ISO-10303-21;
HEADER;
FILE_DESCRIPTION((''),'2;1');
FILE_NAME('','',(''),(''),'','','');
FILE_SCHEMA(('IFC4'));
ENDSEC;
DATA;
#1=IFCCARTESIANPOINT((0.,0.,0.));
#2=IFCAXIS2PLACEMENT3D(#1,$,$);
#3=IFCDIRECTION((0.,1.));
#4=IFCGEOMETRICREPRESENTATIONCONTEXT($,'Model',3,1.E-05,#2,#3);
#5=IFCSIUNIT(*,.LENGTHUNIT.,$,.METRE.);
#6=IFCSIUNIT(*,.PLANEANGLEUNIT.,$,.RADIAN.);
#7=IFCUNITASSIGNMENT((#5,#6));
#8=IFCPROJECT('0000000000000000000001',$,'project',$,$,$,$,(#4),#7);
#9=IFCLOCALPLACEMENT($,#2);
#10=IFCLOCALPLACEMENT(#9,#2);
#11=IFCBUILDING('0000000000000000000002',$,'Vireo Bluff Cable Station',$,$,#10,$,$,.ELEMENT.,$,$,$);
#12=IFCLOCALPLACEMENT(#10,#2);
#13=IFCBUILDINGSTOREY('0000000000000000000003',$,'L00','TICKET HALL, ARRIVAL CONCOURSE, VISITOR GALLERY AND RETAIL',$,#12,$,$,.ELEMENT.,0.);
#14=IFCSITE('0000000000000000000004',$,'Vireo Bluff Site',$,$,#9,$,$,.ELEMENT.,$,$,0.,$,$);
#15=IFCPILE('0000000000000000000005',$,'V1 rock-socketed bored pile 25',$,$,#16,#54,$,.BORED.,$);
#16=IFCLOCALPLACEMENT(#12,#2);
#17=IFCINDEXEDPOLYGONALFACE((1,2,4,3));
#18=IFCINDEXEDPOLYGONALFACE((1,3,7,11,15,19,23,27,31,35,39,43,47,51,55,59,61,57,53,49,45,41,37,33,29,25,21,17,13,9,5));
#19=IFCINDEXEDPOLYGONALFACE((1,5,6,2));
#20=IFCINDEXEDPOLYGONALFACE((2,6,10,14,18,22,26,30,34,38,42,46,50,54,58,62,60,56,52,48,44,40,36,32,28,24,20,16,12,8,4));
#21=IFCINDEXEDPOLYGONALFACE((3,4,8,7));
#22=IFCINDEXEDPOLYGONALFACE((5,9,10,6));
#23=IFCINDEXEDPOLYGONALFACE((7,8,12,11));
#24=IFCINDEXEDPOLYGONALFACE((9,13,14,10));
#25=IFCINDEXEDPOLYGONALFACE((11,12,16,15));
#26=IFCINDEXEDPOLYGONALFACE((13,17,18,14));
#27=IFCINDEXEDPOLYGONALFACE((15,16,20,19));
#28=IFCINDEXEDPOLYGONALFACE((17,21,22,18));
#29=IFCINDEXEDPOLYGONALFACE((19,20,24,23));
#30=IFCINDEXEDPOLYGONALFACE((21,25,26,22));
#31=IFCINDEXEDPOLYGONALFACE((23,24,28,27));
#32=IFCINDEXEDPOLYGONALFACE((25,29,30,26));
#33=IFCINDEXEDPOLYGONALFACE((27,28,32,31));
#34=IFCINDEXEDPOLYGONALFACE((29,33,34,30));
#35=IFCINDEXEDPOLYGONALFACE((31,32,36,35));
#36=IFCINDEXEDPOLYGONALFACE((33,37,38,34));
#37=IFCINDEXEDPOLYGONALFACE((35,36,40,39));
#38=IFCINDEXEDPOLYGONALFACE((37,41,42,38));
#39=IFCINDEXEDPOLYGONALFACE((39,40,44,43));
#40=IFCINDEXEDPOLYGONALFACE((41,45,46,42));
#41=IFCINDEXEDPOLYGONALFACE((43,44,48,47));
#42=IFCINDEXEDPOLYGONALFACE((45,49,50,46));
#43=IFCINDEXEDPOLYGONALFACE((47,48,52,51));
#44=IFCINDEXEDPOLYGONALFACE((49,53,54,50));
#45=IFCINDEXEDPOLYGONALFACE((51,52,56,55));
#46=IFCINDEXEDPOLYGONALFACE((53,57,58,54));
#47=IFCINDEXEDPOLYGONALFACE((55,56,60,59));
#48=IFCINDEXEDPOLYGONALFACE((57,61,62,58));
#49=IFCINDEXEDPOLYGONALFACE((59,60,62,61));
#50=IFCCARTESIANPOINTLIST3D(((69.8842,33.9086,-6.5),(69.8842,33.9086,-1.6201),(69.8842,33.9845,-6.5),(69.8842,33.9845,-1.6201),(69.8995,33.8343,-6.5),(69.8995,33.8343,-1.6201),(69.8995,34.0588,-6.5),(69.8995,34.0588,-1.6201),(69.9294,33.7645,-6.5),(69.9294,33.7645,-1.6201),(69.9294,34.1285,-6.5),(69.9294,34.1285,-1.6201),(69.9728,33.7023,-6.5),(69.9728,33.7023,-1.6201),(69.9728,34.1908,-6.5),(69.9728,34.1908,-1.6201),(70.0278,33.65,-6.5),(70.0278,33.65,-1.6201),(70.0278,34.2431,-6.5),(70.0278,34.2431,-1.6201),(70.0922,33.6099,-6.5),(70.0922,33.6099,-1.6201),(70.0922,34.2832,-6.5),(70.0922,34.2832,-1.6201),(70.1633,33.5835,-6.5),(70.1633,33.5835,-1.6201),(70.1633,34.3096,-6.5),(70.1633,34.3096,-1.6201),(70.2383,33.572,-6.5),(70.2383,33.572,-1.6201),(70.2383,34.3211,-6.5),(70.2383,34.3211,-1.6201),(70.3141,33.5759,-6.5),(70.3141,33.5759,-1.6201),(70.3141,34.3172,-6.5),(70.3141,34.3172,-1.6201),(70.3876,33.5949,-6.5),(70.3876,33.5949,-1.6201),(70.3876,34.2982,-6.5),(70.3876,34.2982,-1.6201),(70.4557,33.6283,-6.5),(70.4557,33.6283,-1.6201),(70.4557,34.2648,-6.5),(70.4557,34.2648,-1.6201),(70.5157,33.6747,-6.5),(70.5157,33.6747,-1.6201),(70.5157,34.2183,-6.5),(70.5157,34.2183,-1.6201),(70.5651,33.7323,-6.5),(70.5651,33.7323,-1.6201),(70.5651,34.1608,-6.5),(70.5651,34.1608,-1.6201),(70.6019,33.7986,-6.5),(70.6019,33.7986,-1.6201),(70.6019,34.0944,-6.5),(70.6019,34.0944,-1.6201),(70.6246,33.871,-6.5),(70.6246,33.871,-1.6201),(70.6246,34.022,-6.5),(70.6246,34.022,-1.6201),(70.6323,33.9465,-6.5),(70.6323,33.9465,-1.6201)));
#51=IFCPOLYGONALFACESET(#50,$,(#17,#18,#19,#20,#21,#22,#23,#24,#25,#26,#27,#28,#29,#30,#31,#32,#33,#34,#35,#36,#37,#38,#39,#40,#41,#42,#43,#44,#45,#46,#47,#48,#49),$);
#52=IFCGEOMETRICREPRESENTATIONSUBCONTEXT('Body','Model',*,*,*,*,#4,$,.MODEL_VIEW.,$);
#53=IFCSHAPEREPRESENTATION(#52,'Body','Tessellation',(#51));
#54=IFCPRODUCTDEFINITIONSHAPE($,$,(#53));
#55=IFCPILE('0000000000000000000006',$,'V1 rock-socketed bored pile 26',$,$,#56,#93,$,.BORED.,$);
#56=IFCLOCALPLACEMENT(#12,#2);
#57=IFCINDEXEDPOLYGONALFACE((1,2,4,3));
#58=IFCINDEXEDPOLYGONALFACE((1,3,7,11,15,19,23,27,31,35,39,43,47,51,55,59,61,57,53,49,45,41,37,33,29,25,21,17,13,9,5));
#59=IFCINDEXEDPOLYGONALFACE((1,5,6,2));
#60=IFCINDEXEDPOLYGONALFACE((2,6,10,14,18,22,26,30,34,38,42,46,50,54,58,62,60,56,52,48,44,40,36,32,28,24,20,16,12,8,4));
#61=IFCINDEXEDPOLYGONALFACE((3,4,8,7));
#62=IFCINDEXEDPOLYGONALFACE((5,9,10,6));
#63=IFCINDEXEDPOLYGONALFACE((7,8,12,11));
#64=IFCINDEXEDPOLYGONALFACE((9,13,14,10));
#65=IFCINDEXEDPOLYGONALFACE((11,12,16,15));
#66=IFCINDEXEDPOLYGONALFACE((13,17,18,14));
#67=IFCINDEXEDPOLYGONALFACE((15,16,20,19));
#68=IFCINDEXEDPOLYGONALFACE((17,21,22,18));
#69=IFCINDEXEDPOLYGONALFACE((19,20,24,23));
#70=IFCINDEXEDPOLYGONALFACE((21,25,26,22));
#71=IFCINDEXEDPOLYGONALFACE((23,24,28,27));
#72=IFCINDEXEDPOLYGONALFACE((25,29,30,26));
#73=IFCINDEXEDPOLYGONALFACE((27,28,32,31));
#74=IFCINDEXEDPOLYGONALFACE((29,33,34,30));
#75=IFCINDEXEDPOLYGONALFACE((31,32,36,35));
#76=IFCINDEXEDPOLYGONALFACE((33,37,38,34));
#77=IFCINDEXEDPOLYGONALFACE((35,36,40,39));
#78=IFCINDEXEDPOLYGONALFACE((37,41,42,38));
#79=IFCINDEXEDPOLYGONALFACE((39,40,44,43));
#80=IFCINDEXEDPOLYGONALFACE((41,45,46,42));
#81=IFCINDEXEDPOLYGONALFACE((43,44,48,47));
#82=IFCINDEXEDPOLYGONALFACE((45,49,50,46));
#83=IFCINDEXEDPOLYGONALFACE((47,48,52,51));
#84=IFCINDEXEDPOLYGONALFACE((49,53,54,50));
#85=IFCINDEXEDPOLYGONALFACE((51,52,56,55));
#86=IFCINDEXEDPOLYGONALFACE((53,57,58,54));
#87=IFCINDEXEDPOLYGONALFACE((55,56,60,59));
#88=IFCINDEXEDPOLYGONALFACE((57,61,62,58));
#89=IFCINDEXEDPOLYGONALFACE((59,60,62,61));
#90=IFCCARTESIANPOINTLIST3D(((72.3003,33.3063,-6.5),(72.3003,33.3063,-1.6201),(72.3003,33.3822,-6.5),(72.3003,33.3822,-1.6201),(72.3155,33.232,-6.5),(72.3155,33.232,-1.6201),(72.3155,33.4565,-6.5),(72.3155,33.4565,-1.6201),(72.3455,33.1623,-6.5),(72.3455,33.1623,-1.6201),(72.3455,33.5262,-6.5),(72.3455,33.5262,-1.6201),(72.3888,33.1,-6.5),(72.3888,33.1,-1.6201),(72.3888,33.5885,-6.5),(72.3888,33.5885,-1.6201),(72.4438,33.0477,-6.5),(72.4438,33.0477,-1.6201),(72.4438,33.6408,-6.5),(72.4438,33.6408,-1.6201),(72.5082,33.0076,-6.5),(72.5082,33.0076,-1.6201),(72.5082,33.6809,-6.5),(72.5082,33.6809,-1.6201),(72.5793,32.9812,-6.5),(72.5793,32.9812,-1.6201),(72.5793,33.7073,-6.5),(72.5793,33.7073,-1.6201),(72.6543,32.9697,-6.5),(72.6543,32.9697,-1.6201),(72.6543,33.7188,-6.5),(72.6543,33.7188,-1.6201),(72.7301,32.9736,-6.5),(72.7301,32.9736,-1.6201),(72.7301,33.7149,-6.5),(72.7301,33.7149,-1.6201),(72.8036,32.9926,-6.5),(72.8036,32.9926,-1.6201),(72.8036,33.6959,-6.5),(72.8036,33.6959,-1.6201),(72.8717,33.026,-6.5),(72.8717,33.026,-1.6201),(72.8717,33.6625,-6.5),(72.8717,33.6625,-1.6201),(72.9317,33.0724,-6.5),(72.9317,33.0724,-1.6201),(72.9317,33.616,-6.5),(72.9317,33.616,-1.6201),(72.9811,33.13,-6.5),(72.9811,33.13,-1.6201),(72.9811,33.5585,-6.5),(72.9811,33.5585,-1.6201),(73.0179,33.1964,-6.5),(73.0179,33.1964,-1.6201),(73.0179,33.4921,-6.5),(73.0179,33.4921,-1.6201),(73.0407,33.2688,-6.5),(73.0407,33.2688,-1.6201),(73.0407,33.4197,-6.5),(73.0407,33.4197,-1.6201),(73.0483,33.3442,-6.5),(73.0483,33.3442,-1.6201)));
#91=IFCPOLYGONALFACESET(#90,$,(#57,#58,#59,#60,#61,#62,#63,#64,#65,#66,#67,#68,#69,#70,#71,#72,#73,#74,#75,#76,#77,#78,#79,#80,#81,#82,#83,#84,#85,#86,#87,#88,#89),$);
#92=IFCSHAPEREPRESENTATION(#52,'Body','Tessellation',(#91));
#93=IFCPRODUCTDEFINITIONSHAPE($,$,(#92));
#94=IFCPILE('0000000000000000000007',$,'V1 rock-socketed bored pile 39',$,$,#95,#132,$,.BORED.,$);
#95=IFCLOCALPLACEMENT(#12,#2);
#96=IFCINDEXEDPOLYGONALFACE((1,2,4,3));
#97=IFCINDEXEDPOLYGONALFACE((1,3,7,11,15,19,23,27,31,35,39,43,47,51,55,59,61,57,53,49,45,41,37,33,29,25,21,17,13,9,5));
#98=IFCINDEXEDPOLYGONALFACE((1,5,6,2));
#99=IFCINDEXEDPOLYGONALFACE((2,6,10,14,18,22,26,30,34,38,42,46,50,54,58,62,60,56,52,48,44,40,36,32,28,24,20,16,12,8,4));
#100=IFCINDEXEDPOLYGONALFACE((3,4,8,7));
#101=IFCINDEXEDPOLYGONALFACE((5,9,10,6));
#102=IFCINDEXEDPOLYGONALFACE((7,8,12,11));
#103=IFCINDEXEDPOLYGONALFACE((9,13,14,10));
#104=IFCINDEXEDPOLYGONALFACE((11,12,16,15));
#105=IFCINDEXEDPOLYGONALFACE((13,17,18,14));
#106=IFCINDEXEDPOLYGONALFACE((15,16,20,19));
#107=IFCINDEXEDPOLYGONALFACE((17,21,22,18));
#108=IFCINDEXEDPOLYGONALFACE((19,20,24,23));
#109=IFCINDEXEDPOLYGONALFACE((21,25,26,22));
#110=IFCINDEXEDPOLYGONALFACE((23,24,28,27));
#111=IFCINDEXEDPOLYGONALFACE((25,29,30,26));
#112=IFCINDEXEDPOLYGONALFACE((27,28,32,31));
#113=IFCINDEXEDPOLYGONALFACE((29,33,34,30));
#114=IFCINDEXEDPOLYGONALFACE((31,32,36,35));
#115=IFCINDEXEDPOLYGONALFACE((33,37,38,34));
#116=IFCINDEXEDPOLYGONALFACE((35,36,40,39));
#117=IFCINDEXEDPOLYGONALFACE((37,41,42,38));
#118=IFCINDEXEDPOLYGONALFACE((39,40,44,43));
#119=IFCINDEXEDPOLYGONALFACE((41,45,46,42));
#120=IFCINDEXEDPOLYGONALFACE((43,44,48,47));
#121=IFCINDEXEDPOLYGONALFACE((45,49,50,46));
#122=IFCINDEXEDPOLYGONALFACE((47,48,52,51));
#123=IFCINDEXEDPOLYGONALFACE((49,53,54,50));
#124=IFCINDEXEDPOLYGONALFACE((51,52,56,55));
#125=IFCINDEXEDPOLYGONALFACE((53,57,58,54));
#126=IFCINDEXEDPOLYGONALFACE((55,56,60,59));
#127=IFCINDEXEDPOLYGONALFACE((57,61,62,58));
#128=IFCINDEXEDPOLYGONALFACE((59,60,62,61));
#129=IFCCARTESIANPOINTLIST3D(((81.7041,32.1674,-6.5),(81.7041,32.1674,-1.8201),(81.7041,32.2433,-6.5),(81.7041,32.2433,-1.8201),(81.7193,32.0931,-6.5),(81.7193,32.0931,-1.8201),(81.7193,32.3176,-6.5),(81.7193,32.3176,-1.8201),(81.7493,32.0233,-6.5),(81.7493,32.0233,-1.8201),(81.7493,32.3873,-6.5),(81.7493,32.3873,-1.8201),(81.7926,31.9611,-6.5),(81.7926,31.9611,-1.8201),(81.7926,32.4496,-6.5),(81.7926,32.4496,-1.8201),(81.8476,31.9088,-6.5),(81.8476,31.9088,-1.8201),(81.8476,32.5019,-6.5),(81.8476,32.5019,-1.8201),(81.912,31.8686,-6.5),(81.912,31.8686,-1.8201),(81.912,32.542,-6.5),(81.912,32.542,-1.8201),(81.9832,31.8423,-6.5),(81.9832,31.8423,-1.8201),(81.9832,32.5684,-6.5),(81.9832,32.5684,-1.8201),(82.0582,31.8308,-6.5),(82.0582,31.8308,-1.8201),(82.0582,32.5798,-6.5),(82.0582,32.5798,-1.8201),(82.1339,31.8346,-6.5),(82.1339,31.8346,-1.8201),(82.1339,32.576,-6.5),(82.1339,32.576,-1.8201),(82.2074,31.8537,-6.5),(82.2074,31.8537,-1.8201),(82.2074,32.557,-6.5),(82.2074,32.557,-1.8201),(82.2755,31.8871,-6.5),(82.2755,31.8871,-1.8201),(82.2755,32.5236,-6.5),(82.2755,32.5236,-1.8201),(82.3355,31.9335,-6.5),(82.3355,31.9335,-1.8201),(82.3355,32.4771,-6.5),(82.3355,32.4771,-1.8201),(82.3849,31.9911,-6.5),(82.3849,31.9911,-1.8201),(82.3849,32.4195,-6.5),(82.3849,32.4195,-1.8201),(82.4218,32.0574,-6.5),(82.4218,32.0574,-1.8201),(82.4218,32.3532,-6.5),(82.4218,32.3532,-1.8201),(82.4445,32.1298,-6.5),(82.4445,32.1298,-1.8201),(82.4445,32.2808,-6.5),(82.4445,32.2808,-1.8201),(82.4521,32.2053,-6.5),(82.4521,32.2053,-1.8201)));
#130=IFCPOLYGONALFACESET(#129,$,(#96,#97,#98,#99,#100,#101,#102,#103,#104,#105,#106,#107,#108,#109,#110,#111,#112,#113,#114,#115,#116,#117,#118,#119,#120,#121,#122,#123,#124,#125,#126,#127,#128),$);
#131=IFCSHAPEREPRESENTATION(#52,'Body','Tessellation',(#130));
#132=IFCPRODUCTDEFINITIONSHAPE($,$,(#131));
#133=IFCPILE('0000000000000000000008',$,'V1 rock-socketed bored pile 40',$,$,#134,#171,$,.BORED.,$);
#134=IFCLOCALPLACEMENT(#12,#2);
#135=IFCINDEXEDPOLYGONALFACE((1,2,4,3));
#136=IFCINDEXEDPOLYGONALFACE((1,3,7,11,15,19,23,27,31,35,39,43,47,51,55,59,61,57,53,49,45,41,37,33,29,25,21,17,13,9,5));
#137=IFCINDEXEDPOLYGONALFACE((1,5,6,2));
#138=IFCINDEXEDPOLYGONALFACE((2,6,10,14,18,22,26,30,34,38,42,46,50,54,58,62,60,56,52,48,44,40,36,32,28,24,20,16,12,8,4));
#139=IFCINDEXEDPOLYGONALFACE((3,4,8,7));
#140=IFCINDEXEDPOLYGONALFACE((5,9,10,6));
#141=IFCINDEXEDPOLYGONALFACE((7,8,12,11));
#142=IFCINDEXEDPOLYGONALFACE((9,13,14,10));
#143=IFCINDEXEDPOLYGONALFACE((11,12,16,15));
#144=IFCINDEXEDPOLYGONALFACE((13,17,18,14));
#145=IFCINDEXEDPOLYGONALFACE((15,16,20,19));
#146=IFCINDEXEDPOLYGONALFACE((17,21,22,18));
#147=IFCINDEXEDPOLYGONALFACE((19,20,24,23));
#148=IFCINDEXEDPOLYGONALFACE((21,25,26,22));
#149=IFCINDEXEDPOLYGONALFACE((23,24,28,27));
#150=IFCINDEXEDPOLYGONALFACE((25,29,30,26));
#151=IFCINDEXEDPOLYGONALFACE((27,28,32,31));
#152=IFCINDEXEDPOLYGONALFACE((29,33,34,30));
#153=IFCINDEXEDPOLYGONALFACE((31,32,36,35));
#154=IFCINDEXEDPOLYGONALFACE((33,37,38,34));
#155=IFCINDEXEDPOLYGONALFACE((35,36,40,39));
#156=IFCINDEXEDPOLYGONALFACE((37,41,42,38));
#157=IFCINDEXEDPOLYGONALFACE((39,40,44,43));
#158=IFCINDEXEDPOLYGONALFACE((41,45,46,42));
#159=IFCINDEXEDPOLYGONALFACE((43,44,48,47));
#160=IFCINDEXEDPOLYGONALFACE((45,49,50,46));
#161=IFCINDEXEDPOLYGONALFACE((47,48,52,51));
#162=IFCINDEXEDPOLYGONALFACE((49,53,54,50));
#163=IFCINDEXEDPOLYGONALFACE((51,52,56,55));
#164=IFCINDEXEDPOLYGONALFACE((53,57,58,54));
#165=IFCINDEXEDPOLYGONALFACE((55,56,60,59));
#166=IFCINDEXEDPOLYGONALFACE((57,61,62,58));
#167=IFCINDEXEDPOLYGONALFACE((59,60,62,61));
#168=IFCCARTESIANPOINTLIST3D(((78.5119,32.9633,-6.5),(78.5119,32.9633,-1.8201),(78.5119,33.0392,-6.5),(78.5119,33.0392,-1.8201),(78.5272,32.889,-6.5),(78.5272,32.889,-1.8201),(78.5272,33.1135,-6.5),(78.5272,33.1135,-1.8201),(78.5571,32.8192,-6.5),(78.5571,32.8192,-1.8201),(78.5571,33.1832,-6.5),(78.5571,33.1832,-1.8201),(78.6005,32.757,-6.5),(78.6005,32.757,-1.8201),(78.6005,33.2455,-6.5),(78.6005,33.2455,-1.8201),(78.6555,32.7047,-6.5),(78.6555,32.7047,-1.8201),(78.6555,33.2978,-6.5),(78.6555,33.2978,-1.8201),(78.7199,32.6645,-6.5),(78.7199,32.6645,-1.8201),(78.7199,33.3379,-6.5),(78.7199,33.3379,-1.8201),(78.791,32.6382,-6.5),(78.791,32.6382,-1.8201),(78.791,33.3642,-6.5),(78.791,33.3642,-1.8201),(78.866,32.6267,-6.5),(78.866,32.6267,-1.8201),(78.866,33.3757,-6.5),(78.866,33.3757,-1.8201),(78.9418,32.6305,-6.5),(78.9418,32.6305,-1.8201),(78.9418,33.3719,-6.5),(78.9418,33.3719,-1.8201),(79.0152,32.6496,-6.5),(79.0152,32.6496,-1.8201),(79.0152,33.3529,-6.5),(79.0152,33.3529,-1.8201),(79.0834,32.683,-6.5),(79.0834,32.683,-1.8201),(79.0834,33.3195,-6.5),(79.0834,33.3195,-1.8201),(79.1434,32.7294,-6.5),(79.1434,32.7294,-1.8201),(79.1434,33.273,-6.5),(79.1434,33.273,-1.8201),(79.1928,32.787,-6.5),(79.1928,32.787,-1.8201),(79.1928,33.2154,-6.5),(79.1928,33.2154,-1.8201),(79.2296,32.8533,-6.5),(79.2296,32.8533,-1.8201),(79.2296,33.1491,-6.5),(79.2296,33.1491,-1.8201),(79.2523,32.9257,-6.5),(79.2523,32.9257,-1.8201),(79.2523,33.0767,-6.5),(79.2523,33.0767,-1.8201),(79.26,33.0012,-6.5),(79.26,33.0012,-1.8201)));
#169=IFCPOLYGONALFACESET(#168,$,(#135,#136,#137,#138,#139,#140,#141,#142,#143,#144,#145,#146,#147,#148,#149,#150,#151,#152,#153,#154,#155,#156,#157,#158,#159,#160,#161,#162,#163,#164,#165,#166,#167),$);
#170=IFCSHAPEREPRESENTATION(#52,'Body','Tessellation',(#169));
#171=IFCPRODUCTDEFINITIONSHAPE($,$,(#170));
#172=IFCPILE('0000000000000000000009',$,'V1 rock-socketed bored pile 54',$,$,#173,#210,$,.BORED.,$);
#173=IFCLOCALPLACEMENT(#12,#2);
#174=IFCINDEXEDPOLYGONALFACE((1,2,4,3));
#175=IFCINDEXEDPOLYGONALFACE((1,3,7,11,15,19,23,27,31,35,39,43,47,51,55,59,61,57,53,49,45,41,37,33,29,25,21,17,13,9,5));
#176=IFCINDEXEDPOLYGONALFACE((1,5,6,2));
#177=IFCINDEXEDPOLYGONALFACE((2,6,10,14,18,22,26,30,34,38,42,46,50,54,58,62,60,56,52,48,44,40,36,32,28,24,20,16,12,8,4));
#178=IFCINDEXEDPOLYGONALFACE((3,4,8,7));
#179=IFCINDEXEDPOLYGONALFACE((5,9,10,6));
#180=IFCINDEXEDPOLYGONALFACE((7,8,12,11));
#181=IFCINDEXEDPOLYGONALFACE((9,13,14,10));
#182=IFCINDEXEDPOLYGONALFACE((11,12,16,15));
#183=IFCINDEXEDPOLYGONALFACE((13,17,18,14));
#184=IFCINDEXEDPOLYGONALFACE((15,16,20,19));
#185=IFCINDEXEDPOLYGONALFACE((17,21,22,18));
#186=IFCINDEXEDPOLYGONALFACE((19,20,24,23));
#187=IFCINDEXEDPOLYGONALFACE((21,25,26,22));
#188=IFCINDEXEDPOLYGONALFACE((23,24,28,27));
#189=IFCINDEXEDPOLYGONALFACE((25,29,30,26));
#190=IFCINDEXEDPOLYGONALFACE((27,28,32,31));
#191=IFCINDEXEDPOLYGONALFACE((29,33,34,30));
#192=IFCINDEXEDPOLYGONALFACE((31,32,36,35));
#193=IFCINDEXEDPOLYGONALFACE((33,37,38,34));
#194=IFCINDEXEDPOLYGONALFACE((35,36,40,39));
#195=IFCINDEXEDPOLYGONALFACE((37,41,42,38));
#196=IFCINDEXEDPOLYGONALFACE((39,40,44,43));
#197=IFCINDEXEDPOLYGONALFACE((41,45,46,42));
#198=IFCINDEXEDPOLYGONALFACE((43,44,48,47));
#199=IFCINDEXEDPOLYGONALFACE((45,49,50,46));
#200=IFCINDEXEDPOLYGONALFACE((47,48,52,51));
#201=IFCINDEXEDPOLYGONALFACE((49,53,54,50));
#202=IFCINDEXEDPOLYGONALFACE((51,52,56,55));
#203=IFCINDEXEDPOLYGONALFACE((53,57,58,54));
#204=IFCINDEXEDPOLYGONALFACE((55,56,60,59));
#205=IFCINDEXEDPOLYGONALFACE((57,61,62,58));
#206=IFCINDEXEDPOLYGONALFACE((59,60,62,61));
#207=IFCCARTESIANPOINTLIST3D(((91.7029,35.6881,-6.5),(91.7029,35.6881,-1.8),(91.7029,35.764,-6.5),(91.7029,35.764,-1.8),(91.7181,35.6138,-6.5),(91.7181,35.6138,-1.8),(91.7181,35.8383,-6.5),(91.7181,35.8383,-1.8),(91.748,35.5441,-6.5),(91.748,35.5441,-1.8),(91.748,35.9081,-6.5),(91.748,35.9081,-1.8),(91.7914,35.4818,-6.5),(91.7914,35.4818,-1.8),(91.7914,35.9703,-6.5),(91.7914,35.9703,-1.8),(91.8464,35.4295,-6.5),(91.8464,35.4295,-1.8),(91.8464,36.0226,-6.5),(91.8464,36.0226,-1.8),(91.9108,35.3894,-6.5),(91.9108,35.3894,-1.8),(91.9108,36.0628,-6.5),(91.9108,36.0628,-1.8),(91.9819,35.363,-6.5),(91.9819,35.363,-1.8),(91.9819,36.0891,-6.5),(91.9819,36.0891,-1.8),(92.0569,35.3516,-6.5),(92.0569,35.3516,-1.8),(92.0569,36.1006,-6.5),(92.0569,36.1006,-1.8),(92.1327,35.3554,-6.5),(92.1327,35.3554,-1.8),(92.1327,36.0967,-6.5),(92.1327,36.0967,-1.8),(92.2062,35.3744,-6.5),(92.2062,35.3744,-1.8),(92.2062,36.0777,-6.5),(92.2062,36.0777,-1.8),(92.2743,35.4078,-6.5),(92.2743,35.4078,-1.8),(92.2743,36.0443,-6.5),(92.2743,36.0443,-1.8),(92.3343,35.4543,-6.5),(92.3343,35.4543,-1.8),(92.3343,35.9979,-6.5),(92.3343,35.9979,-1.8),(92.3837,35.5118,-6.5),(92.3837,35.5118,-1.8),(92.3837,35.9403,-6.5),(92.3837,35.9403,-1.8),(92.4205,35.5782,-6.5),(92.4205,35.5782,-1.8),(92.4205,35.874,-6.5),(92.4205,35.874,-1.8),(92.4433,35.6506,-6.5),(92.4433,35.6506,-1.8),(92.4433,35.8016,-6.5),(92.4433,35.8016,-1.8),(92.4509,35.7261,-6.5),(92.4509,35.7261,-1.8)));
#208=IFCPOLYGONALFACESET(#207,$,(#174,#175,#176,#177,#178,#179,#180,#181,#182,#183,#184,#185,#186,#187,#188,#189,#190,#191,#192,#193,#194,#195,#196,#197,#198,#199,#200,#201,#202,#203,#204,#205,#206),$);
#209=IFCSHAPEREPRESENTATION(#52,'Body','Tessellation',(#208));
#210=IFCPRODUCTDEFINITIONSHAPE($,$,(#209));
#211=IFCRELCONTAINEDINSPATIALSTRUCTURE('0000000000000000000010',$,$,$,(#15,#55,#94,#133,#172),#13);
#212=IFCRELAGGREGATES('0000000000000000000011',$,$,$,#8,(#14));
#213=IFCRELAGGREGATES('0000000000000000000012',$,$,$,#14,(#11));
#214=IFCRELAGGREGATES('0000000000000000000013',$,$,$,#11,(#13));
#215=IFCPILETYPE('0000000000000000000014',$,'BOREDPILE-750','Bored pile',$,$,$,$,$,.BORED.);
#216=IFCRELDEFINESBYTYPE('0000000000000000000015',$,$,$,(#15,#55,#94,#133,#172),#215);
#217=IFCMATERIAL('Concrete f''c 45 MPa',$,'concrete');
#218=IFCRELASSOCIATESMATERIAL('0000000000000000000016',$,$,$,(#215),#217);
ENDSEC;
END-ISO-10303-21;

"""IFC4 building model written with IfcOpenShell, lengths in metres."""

from ifc_helpers import new_model, si_unit, direction, frame, origin, origin_2d, place, context, subcontext, project, spatial, circle, extrude, material, material_profile, profile_set, type_object, element, save


model = new_model("IFC4")

# Units and contexts
model_context = context("Model", 3, precision=1e-05, world=origin(), true_north=direction((0.0, 1.0)))
body_context = subcontext(model_context, "Body", "Model", "MODEL_VIEW")
ifc_project = project(units=[si_unit("LENGTHUNIT", "METRE"), si_unit("PLANEANGLEUNIT", "RADIAN")], contexts=[model_context])

# Site, building, storey
site_placement = place(None, origin())
site = spatial("IfcSite", under=ifc_project, at=site_placement, Name="Vireo Bluff Site", CompositionType="ELEMENT", RefElevation=0.0)
building_placement = place(site_placement, origin())
building = spatial("IfcBuilding", under=site, at=building_placement, Name="Vireo Bluff Cable Station", CompositionType="ELEMENT")
storey_placement = place(building_placement, origin())
storey = spatial("IfcBuildingStorey", under=building, at=storey_placement, Name="L00", Description="TICKET HALL, ARRIVAL CONCOURSE, VISITOR GALLERY AND RETAIL", CompositionType="ELEMENT", Elevation=0.0)

# Piles
ifc_material_1 = material(Name="Concrete f'c 45 MPa", Category="concrete")
ifc_material_profile_1 = material_profile(ifc_material_1, circle(Radius=0.375, at=origin_2d()), Name="BOREDPILE-750")
ifc_profile_set_1 = profile_set([ifc_material_profile_1], Name="Concrete f'c 45 MPa")
pile_type = type_object("IfcPileType", Name="BOREDPILE-750", Description="Bored pile", PredefinedType="BORED", material=ifc_profile_set_1)
for number, where, z_axis, x_axis, name in (
    (1, (70.2573, 33.9465, -1.6201), (0.0, 0.0, -1.0), (1.0, 0.0, 0.0), "V1 rock-socketed bored pile 25"),
    (2, (72.6733, 33.3442, -1.6201), (0.0, 0.0, -1.0), (1.0, 0.0, 0.0), "V1 rock-socketed bored pile 26"),
):
    element("IfcPile", number, at=place(storey_placement, frame(where, z_axis=z_axis, x_axis=x_axis)), inside=storey, type_object=pile_type, Name=name, PredefinedType="BORED", context=body_context, shape_type="SweptSolid", body=[
        extrude(circle(Radius=0.375, at=origin_2d()), origin(), (0.0, 0.0, 1.0), 4.8799),
    ])
for number, where, z_axis, x_axis, name in (
    (3, (82.0771, 32.2053, -1.8201), (0.0, 0.0, -1.0), (1.0, 0.0, 0.0), "V1 rock-socketed bored pile 39"),
    (4, (78.885, 33.0012, -1.8201), (0.0, 0.0, -1.0), (1.0, 0.0, 0.0), "V1 rock-socketed bored pile 40"),
):
    element("IfcPile", number, at=place(storey_placement, frame(where, z_axis=z_axis, x_axis=x_axis)), inside=storey, type_object=pile_type, Name=name, PredefinedType="BORED", context=body_context, shape_type="SweptSolid", body=[
        extrude(circle(Radius=0.375, at=origin_2d()), origin(), (0.0, 0.0, 1.0), 4.6799),
    ])
pile_placement = place(storey_placement, frame((92.0759, 35.7261, -1.8), z_axis=(0.0, 0.0, -1.0), x_axis=(1.0, 0.0, 0.0)))
element("IfcPile", 5, at=pile_placement, inside=storey, type_object=pile_type, Name="V1 rock-socketed bored pile 54", PredefinedType="BORED", context=body_context, shape_type="SweptSolid", body=[
    extrude(circle(Radius=0.375, at=origin_2d()), origin(), (0.0, 0.0, 1.0), 4.7),
])

save(model, "model.ifc")
